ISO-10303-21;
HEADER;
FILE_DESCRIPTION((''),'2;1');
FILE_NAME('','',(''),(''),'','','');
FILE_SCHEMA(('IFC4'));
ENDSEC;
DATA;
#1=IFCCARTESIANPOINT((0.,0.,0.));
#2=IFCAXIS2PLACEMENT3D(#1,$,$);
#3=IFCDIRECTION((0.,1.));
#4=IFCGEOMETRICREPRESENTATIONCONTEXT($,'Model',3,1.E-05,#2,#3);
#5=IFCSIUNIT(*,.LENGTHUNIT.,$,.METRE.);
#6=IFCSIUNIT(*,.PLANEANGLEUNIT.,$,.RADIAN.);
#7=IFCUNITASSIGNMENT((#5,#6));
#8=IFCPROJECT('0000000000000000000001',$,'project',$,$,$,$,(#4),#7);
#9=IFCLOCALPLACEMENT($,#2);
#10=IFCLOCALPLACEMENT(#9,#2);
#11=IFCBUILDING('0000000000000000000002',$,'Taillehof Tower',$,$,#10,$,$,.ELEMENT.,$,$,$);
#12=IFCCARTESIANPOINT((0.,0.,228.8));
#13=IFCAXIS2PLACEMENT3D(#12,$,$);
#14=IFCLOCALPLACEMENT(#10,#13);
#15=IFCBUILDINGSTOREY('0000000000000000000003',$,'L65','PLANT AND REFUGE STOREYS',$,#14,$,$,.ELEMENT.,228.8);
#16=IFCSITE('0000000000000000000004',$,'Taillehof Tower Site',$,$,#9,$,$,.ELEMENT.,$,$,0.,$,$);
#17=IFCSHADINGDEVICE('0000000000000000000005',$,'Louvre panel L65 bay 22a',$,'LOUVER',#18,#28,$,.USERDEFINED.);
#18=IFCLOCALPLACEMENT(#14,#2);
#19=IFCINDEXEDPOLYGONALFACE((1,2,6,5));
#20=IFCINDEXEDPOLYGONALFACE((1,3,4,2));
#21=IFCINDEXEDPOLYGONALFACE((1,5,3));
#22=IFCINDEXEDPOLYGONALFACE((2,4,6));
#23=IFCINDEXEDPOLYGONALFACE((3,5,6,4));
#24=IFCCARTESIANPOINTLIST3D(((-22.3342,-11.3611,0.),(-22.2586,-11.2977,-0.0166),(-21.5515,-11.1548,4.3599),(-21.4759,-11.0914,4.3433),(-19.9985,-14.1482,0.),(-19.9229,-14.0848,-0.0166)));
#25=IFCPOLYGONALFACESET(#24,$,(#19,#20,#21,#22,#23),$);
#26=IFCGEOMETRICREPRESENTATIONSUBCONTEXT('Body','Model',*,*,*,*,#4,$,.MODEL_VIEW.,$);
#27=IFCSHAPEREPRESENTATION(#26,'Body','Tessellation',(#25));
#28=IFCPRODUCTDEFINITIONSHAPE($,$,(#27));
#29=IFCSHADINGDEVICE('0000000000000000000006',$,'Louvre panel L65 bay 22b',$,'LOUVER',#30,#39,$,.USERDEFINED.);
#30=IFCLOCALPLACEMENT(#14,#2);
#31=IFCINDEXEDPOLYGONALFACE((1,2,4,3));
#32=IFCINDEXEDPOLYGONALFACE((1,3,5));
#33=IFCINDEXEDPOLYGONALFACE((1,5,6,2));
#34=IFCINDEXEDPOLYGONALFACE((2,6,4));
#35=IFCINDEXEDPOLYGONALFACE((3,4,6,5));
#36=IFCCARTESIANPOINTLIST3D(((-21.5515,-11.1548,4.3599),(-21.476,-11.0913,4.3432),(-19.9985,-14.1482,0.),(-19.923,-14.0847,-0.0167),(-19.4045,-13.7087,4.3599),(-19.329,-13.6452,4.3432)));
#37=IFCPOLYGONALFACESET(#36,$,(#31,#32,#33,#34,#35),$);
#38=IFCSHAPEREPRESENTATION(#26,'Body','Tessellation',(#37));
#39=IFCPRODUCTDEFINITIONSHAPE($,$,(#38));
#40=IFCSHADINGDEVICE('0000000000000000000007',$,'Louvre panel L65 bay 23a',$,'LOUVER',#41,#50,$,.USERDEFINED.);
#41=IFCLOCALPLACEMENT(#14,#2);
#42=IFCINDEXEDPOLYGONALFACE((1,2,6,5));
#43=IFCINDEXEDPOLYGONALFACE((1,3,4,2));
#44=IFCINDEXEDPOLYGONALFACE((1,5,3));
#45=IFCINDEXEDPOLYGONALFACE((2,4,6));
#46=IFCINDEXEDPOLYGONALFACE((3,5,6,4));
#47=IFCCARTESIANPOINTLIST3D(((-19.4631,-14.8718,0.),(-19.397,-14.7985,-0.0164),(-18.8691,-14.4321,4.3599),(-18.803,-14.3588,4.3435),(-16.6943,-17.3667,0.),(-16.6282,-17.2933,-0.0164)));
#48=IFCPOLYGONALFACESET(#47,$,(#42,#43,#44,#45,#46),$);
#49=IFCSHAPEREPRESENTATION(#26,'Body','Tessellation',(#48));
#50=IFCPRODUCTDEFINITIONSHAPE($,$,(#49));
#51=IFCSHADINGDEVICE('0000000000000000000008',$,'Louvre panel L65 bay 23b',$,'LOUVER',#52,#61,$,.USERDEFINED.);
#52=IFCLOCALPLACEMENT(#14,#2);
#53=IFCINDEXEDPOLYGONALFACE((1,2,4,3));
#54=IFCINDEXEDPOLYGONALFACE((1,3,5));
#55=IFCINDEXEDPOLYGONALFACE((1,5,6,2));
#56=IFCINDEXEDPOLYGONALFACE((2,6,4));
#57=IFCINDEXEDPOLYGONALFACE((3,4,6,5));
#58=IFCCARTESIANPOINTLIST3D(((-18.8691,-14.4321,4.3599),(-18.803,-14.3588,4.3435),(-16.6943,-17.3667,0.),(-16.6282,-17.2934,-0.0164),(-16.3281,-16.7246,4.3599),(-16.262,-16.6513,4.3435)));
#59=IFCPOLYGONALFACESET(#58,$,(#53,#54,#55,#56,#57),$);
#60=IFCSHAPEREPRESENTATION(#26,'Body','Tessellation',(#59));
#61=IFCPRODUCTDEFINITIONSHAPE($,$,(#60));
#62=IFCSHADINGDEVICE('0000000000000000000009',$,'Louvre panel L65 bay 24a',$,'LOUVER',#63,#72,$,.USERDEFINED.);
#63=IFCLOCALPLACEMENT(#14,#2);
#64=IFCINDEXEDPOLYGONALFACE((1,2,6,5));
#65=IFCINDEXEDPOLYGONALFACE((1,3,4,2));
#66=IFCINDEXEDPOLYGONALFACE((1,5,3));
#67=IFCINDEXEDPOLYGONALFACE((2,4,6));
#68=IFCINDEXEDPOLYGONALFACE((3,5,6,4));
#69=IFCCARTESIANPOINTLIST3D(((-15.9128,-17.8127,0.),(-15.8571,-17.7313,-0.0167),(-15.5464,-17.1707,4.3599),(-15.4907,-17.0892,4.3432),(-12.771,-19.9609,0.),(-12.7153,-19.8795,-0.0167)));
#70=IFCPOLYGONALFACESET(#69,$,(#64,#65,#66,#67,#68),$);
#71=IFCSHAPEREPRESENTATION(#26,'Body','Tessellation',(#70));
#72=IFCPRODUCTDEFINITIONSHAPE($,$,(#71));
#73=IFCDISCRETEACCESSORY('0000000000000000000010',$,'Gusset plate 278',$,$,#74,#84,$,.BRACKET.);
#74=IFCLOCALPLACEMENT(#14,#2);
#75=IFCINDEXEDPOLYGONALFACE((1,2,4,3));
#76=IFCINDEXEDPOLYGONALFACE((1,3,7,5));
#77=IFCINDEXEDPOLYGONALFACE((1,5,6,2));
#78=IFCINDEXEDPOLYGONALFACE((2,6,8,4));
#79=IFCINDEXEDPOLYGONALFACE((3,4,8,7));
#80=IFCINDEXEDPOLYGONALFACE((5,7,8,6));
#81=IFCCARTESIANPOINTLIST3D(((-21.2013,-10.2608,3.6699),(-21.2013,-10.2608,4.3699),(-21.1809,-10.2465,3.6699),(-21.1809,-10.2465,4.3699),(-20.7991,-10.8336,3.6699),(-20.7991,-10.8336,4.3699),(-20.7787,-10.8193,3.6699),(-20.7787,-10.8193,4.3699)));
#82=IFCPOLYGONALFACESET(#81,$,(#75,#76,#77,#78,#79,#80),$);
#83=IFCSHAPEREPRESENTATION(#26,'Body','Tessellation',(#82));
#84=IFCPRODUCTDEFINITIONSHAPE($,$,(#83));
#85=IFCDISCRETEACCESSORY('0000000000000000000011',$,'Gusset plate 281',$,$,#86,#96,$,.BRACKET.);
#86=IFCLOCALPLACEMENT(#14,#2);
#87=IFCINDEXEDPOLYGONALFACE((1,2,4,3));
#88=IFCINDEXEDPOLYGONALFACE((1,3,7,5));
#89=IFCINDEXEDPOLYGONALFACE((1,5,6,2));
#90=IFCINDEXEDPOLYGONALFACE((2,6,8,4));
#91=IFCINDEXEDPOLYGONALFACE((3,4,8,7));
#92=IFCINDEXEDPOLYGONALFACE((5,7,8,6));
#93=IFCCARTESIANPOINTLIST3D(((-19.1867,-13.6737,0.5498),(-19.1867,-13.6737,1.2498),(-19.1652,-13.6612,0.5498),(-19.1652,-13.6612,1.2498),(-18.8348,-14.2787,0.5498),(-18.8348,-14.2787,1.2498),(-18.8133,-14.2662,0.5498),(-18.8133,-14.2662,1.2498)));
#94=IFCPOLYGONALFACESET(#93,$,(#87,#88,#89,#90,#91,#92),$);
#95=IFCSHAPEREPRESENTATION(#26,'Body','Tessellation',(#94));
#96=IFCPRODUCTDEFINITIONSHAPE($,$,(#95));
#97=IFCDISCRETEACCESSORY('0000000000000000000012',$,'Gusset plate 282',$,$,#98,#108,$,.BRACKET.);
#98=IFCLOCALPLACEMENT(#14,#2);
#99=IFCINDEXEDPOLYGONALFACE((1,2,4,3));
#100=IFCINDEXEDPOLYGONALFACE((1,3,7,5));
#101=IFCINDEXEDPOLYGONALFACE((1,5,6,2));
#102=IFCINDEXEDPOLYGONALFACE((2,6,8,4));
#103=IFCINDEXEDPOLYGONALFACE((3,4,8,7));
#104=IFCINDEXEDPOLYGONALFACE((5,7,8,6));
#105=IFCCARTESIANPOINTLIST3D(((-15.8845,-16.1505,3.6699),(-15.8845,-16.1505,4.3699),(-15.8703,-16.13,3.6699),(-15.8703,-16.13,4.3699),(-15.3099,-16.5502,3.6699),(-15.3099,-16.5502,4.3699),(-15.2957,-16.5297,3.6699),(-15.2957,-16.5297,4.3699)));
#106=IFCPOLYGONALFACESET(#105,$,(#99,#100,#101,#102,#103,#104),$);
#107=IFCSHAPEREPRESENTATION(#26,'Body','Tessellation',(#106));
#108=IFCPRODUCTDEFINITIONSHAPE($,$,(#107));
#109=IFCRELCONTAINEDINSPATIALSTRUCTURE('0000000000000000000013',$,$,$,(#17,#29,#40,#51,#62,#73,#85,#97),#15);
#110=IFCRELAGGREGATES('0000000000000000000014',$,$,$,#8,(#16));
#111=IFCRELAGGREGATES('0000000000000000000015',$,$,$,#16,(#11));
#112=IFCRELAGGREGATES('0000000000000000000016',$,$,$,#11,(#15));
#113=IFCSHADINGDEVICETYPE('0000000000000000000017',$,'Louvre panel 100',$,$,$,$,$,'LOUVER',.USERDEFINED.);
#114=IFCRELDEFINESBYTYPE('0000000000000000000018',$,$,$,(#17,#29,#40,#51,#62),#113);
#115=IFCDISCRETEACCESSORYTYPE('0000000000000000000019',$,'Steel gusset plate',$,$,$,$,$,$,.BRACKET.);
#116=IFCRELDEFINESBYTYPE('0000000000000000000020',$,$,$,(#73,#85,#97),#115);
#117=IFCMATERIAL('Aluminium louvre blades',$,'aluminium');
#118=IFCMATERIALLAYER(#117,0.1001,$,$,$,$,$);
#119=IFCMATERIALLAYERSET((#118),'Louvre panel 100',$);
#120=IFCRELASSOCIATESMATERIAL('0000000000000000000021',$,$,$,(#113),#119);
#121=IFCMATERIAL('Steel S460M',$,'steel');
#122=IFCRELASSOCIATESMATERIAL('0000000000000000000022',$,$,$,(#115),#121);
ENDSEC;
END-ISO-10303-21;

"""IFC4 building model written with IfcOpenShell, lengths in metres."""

from ifc_helpers import new_model, si_unit, direction, frame, origin, origin_2d, place, context, subcontext, project, spatial, polyline, rectangle, outline, extrude, material, layer, layer_set, type_object, element, save


model = new_model("IFC4")

# Units and contexts
model_context = context("Model", 3, precision=1e-05, world=origin(), true_north=direction((0.0, 1.0)))
body_context = subcontext(model_context, "Body", "Model", "MODEL_VIEW")
ifc_project = project(units=[si_unit("LENGTHUNIT", "METRE"), si_unit("PLANEANGLEUNIT", "RADIAN")], contexts=[model_context])

# Site, building, storey
site_placement = place(None, origin())
site = spatial("IfcSite", under=ifc_project, at=site_placement, Name="Taillehof Tower Site", CompositionType="ELEMENT", RefElevation=0.0)
building_placement = place(site_placement, origin())
building = spatial("IfcBuilding", under=site, at=building_placement, Name="Taillehof Tower", CompositionType="ELEMENT")
storey_placement = place(building_placement, frame((0.0, 0.0, 228.8)))
storey = spatial("IfcBuildingStorey", under=building, at=storey_placement, Name="L65", Description="PLANT AND REFUGE STOREYS", CompositionType="ELEMENT", Elevation=228.8)

# Shading devices
ifc_material_1 = material(Name="Aluminium louvre blades", Category="aluminium")
ifc_layer_1 = layer(ifc_material_1, 0.1001)
ifc_layer_set_1 = layer_set([ifc_layer_1], Name="Louvre panel 100")
shading_device_type = type_object("IfcShadingDeviceType", Name="Louvre panel 100", ElementType="LOUVER", PredefinedType="USERDEFINED", material=ifc_layer_set_1)
shading_device_1_placement = place(storey_placement, frame((-22.3342, -11.3611, 0.0), z_axis=(-0.755855, -0.633433, 0.165669), x_axis=(0.642308, -0.766446, 0.0)))
element("IfcShadingDevice", 1, at=shading_device_1_placement, inside=storey, type_object=shading_device_type, Name="Louvre panel L65 bay 22a", ObjectType="LOUVER", PredefinedType="USERDEFINED", context=body_context, shape_type="SweptSolid", body=[
    extrude(outline(polyline([(0.0, 0.0), (3.6364, 0.0), (0.3446, 4.421), (0.0, 0.0)])), origin(), (0.0, 0.0, -1.0), 0.1001),
])
shading_device_2_placement = place(storey_placement, frame((-19.9985, -14.1482, 0.0), z_axis=(-0.75474, -0.63447, 0.166778), x_axis=(0.134326, 0.099378, 0.985941)))
element("IfcShadingDevice", 2, at=shading_device_2_placement, inside=storey, type_object=shading_device_type, Name="Louvre panel L65 bay 22b", ObjectType="LOUVER", PredefinedType="USERDEFINED", context=body_context, shape_type="SweptSolid", body=[
    extrude(outline(polyline([(0.0, 0.0), (4.422, 0.0), (4.3874, 3.3363), (0.0, 0.0)])), origin(), (0.0, 0.0, -1.0), 0.1001),
])
shading_device_3_placement = place(storey_placement, frame((-19.4631, -14.8718, 0.0), z_axis=(-0.660353, -0.732856, 0.163877), x_axis=(0.7429, -0.669403, 0.0)))
element("IfcShadingDevice", 3, at=shading_device_3_placement, inside=storey, type_object=shading_device_type, Name="Louvre panel L65 bay 23a", ObjectType="LOUVER", PredefinedType="USERDEFINED", context=body_context, shape_type="SweptSolid", body=[
    extrude(outline(polyline([(0.0, 0.0), (3.727, 0.0), (0.1469, 4.4196), (0.0, 0.0)])), origin(), (0.0, 0.0, -1.0), 0.1001),
])
shading_device_4_placement = place(storey_placement, frame((-16.6943, -17.3667, 0.0), z_axis=(-0.660861, -0.732507, 0.163388), x_axis=(0.082814, 0.145201, 0.98593)))
element("IfcShadingDevice", 4, at=shading_device_4_placement, inside=storey, type_object=shading_device_type, Name="Louvre panel L65 bay 23b", ObjectType="LOUVER", PredefinedType="USERDEFINED", context=body_context, shape_type="SweptSolid", body=[
    extrude(outline(polyline([(0.0, 0.0), (4.4221, 0.0), (4.5445, 3.4201), (0.0, 0.0)])), origin(), (0.0, 0.0, -1.0), 0.1001),
])
shading_device_5_placement = place(storey_placement, frame((-15.9128, -17.8127, 0.0), z_axis=(-0.556524, -0.813946, 0.166649), x_axis=(0.82549, -0.564417, 0.0)))
element("IfcShadingDevice", 5, at=shading_device_5_placement, inside=storey, type_object=shading_device_type, Name="Louvre panel L65 bay 24a", ObjectType="LOUVER", PredefinedType="USERDEFINED", context=body_context, shape_type="SweptSolid", body=[
    extrude(outline(polyline([(0.0, 0.0), (3.806, 0.0), (-0.0599, 4.4217), (0.0, 0.0)])), origin(), (0.0, 0.0, -1.0), 0.1001),
])

# Discrete accessories
ifc_material_2 = material(Name="Steel S460M", Category="steel")
discrete_accessory_type = type_object("IfcDiscreteAccessoryType", Name="Steel gusset plate", PredefinedType="BRACKET", material=ifc_material_2)
for number, where, z_axis, x_axis, name in (
    (6, (-20.99, -10.54, 3.6699), (0.0, 0.0, 1.0), (0.574615, -0.818424, 0.0), "Gusset plate 278"),
    (7, (-19.0, -13.97, 0.5498), (0.0, 0.0, 1.0), (0.502856, -0.86437, 0.0), "Gusset plate 281"),
    (8, (-15.5901, -16.3401, 3.6699), (0.0, 0.0, 1.0), (0.820941, -0.571013, 0.0), "Gusset plate 282"),
):
    element("IfcDiscreteAccessory", number, at=place(storey_placement, frame(where, z_axis=z_axis, x_axis=x_axis)), inside=storey, type_object=discrete_accessory_type, Name=name, PredefinedType="BRACKET", context=body_context, shape_type="SweptSolid", body=[
        extrude(rectangle(XDim=0.7, YDim=0.0249, at=origin_2d()), origin(), (0.0, 0.0, 1.0), 0.7),
    ])

save(model, "model.ifc")
